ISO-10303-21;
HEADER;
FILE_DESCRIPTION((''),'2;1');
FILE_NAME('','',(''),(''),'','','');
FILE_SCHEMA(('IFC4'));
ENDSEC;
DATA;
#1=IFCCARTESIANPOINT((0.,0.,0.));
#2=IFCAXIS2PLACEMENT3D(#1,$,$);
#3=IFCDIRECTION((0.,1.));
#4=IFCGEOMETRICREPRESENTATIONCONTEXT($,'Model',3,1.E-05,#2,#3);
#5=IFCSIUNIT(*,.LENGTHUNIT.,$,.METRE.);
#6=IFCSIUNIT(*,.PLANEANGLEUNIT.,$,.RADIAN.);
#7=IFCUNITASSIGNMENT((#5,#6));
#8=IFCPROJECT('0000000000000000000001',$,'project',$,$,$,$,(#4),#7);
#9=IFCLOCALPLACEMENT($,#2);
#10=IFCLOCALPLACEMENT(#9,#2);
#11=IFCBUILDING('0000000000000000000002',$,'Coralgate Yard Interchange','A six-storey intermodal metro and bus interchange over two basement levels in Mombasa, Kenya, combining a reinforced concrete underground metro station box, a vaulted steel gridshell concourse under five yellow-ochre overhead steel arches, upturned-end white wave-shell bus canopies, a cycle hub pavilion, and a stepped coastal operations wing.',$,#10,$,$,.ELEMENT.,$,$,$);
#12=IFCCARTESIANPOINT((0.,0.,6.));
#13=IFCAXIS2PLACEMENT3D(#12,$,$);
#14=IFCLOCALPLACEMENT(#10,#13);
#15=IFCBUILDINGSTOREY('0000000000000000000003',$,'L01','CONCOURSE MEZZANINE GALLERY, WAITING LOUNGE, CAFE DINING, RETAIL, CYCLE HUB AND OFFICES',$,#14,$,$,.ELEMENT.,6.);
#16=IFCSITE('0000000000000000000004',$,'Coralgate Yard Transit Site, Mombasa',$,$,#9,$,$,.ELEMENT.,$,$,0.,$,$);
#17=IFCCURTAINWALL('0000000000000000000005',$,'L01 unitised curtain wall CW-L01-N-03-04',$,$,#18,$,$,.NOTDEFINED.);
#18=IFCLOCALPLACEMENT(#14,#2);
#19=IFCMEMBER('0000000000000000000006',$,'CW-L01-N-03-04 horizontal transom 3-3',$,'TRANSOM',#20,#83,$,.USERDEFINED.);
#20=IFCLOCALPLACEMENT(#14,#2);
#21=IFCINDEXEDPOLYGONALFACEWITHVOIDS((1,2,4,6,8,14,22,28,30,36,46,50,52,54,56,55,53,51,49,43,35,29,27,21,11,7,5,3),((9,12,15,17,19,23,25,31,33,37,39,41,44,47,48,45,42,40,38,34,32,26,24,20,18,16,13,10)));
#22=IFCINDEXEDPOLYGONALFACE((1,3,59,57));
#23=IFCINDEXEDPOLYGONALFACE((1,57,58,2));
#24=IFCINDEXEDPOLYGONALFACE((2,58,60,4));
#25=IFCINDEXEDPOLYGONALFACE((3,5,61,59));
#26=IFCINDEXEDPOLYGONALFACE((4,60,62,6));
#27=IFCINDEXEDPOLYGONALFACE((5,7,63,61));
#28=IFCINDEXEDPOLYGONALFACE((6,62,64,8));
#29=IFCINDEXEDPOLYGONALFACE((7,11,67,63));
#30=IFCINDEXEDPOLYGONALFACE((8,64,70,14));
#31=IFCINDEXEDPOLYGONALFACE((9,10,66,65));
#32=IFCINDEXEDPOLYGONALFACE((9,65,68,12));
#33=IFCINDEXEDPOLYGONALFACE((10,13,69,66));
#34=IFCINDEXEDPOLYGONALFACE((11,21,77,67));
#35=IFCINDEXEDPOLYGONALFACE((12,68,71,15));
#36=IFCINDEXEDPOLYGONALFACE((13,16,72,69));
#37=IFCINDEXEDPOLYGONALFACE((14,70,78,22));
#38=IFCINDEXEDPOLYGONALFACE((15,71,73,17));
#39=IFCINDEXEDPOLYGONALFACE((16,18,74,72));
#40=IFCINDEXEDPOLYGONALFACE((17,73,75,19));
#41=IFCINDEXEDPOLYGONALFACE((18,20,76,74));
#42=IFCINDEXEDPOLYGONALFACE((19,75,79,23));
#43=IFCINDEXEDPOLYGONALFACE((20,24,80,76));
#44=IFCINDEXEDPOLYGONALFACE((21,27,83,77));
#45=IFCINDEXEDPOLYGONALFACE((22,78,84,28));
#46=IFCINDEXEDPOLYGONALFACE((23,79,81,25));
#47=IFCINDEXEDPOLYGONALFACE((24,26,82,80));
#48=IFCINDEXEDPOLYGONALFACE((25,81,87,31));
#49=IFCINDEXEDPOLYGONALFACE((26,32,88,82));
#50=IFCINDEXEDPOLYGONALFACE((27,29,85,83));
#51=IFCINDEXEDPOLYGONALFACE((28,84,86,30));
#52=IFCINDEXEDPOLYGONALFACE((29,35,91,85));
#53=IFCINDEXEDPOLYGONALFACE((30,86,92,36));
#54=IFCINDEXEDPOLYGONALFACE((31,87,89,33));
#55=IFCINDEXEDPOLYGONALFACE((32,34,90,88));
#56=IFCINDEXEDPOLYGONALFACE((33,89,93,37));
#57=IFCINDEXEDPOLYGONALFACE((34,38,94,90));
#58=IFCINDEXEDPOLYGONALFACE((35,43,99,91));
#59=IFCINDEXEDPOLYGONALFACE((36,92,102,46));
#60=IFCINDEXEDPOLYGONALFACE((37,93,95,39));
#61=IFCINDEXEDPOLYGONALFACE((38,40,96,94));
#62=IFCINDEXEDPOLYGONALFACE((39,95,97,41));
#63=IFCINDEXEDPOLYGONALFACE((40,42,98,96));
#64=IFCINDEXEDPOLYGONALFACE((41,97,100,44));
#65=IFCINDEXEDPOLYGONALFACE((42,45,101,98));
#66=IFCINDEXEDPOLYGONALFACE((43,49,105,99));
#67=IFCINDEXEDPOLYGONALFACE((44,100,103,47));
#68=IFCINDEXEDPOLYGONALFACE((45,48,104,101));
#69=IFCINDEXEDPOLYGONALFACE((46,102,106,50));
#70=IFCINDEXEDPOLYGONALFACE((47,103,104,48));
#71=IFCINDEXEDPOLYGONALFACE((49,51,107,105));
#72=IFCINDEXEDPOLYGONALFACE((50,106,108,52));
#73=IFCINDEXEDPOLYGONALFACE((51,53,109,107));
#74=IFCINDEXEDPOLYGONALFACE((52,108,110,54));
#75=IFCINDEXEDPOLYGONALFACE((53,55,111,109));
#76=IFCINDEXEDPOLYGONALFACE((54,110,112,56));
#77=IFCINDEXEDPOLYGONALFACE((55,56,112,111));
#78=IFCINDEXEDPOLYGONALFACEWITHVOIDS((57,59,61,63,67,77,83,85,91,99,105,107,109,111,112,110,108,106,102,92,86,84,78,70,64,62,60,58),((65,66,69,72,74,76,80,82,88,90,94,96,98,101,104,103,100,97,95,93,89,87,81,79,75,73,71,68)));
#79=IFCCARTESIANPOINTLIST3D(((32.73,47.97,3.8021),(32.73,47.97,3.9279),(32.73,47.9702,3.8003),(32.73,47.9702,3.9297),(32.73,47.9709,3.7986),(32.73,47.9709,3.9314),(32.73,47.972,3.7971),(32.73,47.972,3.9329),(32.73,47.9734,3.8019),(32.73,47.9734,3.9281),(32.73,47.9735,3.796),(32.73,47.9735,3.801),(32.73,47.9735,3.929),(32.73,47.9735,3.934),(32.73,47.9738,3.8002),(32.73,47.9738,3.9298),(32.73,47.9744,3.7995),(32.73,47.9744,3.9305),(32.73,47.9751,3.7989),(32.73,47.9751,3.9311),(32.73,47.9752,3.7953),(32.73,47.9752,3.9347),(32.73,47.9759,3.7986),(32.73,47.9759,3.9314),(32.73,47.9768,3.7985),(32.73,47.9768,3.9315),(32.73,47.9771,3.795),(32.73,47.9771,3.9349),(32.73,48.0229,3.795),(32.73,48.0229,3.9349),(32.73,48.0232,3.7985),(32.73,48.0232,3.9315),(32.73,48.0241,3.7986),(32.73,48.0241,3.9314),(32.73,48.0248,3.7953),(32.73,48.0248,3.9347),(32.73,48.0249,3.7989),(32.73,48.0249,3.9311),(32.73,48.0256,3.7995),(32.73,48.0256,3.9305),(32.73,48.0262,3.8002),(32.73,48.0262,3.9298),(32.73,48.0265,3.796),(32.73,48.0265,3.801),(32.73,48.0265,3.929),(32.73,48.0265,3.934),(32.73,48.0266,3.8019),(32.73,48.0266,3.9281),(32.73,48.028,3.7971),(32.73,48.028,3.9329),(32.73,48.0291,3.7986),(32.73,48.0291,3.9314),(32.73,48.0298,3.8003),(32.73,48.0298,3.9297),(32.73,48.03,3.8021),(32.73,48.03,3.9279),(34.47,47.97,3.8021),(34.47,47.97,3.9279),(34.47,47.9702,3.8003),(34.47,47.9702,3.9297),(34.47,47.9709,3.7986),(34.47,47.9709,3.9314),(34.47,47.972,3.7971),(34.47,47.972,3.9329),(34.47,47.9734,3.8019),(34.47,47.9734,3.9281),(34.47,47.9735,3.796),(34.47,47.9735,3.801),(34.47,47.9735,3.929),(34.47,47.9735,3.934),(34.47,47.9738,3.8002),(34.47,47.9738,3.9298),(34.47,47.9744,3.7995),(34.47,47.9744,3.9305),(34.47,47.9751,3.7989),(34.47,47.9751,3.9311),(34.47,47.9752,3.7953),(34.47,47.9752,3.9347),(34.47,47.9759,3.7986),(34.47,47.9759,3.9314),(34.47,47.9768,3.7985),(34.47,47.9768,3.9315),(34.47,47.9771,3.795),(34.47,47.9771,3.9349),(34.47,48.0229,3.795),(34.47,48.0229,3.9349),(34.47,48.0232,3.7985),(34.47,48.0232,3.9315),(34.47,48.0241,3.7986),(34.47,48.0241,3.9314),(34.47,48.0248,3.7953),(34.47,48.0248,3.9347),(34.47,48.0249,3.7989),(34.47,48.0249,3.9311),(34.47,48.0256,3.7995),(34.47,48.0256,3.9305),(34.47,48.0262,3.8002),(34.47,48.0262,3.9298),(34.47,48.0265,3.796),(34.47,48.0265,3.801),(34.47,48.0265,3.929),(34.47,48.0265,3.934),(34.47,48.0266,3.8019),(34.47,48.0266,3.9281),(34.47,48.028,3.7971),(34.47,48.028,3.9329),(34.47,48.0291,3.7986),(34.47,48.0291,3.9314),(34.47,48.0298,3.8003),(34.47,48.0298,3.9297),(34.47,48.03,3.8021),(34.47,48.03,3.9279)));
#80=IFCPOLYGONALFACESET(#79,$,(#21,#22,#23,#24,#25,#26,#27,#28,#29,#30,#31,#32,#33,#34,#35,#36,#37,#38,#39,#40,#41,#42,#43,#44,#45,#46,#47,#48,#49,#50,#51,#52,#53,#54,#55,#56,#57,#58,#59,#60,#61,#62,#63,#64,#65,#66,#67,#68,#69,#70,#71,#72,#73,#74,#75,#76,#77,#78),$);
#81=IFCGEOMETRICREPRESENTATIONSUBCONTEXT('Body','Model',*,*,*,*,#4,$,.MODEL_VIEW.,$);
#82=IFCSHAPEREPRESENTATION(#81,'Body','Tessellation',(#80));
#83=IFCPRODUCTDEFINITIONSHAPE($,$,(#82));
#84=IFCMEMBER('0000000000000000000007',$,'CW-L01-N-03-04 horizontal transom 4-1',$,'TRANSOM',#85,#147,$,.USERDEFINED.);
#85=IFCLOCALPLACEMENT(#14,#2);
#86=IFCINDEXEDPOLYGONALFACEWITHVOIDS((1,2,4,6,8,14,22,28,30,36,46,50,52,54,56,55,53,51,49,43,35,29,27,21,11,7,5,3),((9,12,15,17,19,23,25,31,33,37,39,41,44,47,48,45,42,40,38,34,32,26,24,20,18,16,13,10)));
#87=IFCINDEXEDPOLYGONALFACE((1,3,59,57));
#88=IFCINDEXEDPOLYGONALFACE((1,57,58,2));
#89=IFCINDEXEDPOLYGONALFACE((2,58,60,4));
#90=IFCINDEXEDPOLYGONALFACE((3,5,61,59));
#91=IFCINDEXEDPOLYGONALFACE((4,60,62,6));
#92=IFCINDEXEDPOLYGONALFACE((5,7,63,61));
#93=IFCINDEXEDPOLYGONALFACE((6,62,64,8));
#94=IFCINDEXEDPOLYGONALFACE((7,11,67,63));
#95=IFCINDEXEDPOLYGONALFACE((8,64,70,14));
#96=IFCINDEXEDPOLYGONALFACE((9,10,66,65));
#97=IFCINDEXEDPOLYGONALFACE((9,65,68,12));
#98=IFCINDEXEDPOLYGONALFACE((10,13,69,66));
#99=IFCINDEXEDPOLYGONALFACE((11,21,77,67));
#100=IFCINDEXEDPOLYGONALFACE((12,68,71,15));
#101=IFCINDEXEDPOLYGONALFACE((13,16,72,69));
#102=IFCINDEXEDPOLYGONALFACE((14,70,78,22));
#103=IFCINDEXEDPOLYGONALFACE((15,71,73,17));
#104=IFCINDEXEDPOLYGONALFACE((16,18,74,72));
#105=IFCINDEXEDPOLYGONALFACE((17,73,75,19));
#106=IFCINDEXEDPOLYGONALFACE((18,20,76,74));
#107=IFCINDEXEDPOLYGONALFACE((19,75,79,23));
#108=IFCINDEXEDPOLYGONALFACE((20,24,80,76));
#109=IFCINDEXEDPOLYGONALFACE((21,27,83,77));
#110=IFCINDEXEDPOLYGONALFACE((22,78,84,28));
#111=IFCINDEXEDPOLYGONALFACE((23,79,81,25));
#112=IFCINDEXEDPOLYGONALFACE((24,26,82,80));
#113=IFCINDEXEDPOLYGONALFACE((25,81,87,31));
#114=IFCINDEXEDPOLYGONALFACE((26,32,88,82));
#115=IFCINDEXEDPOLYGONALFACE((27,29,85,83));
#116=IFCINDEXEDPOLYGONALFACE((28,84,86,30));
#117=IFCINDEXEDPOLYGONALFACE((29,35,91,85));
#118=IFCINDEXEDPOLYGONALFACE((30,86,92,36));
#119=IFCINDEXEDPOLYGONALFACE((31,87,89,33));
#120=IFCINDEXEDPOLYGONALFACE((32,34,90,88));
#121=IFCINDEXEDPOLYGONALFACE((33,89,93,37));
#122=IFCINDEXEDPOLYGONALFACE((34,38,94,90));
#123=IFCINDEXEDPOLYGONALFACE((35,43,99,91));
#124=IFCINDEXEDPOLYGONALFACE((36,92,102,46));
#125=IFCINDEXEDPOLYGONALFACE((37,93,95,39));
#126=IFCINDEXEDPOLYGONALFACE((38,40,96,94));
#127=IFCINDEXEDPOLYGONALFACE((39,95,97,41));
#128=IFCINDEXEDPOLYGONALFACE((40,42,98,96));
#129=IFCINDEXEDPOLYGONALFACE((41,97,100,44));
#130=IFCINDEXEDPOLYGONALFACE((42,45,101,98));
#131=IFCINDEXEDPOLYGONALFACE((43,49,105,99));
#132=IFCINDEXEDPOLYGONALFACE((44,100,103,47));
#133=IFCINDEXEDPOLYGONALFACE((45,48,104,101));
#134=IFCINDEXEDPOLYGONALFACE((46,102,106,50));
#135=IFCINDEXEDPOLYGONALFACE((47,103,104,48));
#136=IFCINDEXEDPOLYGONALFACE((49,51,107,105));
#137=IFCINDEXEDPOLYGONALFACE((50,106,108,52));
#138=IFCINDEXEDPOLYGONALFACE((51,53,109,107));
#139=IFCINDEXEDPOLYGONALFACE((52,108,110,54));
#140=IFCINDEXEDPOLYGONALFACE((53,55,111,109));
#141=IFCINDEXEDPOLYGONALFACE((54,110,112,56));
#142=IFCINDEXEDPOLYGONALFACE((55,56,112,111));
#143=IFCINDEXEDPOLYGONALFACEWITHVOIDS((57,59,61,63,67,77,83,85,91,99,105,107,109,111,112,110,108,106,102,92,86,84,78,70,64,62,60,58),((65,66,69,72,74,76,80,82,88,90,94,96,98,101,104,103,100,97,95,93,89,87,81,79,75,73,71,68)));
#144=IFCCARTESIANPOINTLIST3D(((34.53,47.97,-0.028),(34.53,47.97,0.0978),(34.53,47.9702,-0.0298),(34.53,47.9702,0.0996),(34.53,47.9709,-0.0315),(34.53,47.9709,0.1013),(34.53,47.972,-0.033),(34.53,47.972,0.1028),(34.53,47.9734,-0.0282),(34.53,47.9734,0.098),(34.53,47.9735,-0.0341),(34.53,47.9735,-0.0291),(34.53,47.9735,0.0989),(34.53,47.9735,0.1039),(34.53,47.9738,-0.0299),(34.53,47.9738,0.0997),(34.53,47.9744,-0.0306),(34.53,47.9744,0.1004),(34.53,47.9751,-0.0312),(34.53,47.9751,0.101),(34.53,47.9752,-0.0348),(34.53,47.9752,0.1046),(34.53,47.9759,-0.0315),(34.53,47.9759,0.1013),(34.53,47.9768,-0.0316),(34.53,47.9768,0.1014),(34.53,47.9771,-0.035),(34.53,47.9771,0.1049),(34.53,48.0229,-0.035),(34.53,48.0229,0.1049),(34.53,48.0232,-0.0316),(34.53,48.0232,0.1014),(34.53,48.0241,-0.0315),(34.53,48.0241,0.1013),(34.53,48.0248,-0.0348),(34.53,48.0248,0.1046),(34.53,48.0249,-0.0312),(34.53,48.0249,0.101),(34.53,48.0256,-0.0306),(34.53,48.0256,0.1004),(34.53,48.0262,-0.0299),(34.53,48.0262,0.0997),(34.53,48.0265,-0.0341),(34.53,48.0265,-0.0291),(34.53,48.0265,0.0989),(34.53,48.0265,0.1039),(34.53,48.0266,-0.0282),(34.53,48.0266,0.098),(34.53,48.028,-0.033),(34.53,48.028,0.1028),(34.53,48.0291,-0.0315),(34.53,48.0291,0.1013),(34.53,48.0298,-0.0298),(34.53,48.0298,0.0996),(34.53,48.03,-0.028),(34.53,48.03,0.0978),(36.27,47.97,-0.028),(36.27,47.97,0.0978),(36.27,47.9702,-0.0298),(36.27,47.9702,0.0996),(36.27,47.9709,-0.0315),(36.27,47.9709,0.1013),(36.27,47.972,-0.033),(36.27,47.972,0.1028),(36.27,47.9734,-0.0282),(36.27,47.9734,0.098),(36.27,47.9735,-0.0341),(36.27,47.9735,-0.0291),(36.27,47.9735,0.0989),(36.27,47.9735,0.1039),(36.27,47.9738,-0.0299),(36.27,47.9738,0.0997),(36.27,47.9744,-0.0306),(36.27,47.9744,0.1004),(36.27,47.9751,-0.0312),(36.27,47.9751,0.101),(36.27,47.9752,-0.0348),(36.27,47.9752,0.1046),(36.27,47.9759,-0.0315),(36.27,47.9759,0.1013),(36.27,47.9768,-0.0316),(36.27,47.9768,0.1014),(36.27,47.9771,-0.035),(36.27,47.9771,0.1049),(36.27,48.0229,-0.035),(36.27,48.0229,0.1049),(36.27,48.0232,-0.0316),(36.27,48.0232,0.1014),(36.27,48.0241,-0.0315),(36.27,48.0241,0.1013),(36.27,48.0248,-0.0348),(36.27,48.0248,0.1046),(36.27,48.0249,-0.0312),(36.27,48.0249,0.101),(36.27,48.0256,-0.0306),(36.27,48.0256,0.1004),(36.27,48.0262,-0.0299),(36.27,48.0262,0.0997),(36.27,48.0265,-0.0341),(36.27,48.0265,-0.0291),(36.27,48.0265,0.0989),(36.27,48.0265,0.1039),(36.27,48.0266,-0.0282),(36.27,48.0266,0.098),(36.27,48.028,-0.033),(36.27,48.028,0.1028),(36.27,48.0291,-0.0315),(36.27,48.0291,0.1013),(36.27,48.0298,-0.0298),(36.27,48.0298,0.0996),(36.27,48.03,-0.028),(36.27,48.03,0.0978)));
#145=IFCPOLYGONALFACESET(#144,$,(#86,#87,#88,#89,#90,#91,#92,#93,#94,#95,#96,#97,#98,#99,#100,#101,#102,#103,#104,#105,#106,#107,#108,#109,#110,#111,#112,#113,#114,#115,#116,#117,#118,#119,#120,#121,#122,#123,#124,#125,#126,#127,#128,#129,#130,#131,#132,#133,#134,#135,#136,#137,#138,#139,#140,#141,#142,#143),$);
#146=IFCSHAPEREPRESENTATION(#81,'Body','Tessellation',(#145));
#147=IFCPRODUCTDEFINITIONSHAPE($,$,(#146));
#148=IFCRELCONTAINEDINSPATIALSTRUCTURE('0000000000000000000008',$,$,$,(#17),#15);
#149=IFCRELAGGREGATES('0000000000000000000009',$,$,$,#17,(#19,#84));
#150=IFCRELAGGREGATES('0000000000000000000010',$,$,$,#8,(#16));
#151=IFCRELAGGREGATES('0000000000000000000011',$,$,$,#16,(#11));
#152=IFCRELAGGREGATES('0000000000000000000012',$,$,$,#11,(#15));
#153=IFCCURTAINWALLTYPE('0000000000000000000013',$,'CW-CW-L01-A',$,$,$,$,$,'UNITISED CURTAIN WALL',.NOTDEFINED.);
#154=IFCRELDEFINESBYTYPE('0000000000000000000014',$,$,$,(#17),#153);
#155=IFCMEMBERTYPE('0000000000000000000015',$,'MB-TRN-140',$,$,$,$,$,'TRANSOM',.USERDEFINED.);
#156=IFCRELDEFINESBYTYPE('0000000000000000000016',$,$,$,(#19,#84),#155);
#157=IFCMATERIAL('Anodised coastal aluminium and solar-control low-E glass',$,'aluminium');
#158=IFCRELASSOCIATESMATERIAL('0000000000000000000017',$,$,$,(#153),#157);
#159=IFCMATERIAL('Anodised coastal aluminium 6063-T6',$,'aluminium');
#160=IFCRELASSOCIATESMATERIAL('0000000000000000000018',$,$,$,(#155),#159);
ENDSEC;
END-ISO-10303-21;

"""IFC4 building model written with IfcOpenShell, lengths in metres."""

from ifc_helpers import new_model, si_unit, direction, frame, origin, origin_2d, place, context, subcontext, project, spatial, hollow_rectangle, extrude, material, material_profile, profile_set, type_object, element, aggregate, save


model = new_model("IFC4")

# Units and contexts
model_context = context("Model", 3, precision=1e-05, world=origin(), true_north=direction((0.0, 1.0)))
body_context = subcontext(model_context, "Body", "Model", "MODEL_VIEW")
ifc_project = project(units=[si_unit("LENGTHUNIT", "METRE"), si_unit("PLANEANGLEUNIT", "RADIAN")], contexts=[model_context])

# Site, building, storey
site_placement = place(None, origin())
site = spatial("IfcSite", under=ifc_project, at=site_placement, Name="Coralgate Yard Transit Site, Mombasa", CompositionType="ELEMENT", RefElevation=0.0)
building_placement = place(site_placement, origin())
building = spatial("IfcBuilding", under=site, at=building_placement, Name="Coralgate Yard Interchange", Description="A six-storey intermodal metro and bus interchange over two basement levels in Mombasa, Kenya, combining a reinforced concrete underground metro station box, a vaulted steel gridshell concourse under five yellow-ochre overhead steel arches, upturned-end white wave-shell bus canopies, a cycle hub pavilion, and a stepped coastal operations wing.", CompositionType="ELEMENT")
storey_placement = place(building_placement, frame((0.0, 0.0, 6.0)))
storey = spatial("IfcBuildingStorey", under=building, at=storey_placement, Name="L01", Description="CONCOURSE MEZZANINE GALLERY, WAITING LOUNGE, CAFE DINING, RETAIL, CYCLE HUB AND OFFICES", CompositionType="ELEMENT", Elevation=6.0)

# Curtain wall, members
ifc_material_1 = material(Name="Anodised coastal aluminium and solar-control low-E glass", Category="aluminium")
curtain_wall_type = type_object("IfcCurtainWallType", Name="CW-CW-L01-A", ElementType="UNITISED CURTAIN WALL", PredefinedType="NOTDEFINED", material=ifc_material_1)
curtain_wall_placement = place(storey_placement, origin())
curtain_wall = element("IfcCurtainWall", 1, at=curtain_wall_placement, inside=storey, type_object=curtain_wall_type, Name="L01 unitised curtain wall CW-L01-N-03-04", PredefinedType="NOTDEFINED")
ifc_material_2 = material(Name="Anodised coastal aluminium 6063-T6", Category="aluminium")
ifc_material_profile_1 = material_profile(ifc_material_2, hollow_rectangle(XDim=0.0601, YDim=0.1399, WallThickness=0.0034, InnerFilletRadius=0.0034, OuterFilletRadius=0.0071, at=origin_2d()), Name="ALU 60x140x3.5")
ifc_profile_set_1 = profile_set([ifc_material_profile_1], Name="Anodised coastal aluminium 6063-T6")
member_type_1 = type_object("IfcMemberType", Name="MB-TRN-140", ElementType="TRANSOM", PredefinedType="USERDEFINED", material=ifc_profile_set_1)
member_1_placement = place(storey_placement, frame((32.73, 48.0, 3.865), z_axis=(1.0, 0.0, 0.0), x_axis=(0.0, 1.0, 0.0)))
member_1 = element("IfcMember", 2, at=member_1_placement, type_object=member_type_1, Name="CW-L01-N-03-04 horizontal transom 3-3", ObjectType="TRANSOM", PredefinedType="USERDEFINED", context=body_context, shape_type="SweptSolid", body=[
    extrude(hollow_rectangle(XDim=0.0601, YDim=0.1399, WallThickness=0.0034, InnerFilletRadius=0.0034, OuterFilletRadius=0.0071, at=origin_2d()), origin(), (0.0, 0.0, 1.0), 1.74),
])
member_2_placement = place(storey_placement, frame((34.53, 48.0, 0.0349), z_axis=(1.0, 0.0, 0.0), x_axis=(0.0, 1.0, 0.0)))
member_2 = element("IfcMember", 3, at=member_2_placement, type_object=member_type_1, Name="CW-L01-N-03-04 horizontal transom 4-1", ObjectType="TRANSOM", PredefinedType="USERDEFINED", context=body_context, shape_type="SweptSolid", body=[
    extrude(hollow_rectangle(XDim=0.0601, YDim=0.1399, WallThickness=0.0034, InnerFilletRadius=0.0034, OuterFilletRadius=0.0071, at=origin_2d()), origin(), (0.0, 0.0, 1.0), 1.74),
])
aggregate(curtain_wall, [member_1, member_2])

save(model, "model.ifc")
